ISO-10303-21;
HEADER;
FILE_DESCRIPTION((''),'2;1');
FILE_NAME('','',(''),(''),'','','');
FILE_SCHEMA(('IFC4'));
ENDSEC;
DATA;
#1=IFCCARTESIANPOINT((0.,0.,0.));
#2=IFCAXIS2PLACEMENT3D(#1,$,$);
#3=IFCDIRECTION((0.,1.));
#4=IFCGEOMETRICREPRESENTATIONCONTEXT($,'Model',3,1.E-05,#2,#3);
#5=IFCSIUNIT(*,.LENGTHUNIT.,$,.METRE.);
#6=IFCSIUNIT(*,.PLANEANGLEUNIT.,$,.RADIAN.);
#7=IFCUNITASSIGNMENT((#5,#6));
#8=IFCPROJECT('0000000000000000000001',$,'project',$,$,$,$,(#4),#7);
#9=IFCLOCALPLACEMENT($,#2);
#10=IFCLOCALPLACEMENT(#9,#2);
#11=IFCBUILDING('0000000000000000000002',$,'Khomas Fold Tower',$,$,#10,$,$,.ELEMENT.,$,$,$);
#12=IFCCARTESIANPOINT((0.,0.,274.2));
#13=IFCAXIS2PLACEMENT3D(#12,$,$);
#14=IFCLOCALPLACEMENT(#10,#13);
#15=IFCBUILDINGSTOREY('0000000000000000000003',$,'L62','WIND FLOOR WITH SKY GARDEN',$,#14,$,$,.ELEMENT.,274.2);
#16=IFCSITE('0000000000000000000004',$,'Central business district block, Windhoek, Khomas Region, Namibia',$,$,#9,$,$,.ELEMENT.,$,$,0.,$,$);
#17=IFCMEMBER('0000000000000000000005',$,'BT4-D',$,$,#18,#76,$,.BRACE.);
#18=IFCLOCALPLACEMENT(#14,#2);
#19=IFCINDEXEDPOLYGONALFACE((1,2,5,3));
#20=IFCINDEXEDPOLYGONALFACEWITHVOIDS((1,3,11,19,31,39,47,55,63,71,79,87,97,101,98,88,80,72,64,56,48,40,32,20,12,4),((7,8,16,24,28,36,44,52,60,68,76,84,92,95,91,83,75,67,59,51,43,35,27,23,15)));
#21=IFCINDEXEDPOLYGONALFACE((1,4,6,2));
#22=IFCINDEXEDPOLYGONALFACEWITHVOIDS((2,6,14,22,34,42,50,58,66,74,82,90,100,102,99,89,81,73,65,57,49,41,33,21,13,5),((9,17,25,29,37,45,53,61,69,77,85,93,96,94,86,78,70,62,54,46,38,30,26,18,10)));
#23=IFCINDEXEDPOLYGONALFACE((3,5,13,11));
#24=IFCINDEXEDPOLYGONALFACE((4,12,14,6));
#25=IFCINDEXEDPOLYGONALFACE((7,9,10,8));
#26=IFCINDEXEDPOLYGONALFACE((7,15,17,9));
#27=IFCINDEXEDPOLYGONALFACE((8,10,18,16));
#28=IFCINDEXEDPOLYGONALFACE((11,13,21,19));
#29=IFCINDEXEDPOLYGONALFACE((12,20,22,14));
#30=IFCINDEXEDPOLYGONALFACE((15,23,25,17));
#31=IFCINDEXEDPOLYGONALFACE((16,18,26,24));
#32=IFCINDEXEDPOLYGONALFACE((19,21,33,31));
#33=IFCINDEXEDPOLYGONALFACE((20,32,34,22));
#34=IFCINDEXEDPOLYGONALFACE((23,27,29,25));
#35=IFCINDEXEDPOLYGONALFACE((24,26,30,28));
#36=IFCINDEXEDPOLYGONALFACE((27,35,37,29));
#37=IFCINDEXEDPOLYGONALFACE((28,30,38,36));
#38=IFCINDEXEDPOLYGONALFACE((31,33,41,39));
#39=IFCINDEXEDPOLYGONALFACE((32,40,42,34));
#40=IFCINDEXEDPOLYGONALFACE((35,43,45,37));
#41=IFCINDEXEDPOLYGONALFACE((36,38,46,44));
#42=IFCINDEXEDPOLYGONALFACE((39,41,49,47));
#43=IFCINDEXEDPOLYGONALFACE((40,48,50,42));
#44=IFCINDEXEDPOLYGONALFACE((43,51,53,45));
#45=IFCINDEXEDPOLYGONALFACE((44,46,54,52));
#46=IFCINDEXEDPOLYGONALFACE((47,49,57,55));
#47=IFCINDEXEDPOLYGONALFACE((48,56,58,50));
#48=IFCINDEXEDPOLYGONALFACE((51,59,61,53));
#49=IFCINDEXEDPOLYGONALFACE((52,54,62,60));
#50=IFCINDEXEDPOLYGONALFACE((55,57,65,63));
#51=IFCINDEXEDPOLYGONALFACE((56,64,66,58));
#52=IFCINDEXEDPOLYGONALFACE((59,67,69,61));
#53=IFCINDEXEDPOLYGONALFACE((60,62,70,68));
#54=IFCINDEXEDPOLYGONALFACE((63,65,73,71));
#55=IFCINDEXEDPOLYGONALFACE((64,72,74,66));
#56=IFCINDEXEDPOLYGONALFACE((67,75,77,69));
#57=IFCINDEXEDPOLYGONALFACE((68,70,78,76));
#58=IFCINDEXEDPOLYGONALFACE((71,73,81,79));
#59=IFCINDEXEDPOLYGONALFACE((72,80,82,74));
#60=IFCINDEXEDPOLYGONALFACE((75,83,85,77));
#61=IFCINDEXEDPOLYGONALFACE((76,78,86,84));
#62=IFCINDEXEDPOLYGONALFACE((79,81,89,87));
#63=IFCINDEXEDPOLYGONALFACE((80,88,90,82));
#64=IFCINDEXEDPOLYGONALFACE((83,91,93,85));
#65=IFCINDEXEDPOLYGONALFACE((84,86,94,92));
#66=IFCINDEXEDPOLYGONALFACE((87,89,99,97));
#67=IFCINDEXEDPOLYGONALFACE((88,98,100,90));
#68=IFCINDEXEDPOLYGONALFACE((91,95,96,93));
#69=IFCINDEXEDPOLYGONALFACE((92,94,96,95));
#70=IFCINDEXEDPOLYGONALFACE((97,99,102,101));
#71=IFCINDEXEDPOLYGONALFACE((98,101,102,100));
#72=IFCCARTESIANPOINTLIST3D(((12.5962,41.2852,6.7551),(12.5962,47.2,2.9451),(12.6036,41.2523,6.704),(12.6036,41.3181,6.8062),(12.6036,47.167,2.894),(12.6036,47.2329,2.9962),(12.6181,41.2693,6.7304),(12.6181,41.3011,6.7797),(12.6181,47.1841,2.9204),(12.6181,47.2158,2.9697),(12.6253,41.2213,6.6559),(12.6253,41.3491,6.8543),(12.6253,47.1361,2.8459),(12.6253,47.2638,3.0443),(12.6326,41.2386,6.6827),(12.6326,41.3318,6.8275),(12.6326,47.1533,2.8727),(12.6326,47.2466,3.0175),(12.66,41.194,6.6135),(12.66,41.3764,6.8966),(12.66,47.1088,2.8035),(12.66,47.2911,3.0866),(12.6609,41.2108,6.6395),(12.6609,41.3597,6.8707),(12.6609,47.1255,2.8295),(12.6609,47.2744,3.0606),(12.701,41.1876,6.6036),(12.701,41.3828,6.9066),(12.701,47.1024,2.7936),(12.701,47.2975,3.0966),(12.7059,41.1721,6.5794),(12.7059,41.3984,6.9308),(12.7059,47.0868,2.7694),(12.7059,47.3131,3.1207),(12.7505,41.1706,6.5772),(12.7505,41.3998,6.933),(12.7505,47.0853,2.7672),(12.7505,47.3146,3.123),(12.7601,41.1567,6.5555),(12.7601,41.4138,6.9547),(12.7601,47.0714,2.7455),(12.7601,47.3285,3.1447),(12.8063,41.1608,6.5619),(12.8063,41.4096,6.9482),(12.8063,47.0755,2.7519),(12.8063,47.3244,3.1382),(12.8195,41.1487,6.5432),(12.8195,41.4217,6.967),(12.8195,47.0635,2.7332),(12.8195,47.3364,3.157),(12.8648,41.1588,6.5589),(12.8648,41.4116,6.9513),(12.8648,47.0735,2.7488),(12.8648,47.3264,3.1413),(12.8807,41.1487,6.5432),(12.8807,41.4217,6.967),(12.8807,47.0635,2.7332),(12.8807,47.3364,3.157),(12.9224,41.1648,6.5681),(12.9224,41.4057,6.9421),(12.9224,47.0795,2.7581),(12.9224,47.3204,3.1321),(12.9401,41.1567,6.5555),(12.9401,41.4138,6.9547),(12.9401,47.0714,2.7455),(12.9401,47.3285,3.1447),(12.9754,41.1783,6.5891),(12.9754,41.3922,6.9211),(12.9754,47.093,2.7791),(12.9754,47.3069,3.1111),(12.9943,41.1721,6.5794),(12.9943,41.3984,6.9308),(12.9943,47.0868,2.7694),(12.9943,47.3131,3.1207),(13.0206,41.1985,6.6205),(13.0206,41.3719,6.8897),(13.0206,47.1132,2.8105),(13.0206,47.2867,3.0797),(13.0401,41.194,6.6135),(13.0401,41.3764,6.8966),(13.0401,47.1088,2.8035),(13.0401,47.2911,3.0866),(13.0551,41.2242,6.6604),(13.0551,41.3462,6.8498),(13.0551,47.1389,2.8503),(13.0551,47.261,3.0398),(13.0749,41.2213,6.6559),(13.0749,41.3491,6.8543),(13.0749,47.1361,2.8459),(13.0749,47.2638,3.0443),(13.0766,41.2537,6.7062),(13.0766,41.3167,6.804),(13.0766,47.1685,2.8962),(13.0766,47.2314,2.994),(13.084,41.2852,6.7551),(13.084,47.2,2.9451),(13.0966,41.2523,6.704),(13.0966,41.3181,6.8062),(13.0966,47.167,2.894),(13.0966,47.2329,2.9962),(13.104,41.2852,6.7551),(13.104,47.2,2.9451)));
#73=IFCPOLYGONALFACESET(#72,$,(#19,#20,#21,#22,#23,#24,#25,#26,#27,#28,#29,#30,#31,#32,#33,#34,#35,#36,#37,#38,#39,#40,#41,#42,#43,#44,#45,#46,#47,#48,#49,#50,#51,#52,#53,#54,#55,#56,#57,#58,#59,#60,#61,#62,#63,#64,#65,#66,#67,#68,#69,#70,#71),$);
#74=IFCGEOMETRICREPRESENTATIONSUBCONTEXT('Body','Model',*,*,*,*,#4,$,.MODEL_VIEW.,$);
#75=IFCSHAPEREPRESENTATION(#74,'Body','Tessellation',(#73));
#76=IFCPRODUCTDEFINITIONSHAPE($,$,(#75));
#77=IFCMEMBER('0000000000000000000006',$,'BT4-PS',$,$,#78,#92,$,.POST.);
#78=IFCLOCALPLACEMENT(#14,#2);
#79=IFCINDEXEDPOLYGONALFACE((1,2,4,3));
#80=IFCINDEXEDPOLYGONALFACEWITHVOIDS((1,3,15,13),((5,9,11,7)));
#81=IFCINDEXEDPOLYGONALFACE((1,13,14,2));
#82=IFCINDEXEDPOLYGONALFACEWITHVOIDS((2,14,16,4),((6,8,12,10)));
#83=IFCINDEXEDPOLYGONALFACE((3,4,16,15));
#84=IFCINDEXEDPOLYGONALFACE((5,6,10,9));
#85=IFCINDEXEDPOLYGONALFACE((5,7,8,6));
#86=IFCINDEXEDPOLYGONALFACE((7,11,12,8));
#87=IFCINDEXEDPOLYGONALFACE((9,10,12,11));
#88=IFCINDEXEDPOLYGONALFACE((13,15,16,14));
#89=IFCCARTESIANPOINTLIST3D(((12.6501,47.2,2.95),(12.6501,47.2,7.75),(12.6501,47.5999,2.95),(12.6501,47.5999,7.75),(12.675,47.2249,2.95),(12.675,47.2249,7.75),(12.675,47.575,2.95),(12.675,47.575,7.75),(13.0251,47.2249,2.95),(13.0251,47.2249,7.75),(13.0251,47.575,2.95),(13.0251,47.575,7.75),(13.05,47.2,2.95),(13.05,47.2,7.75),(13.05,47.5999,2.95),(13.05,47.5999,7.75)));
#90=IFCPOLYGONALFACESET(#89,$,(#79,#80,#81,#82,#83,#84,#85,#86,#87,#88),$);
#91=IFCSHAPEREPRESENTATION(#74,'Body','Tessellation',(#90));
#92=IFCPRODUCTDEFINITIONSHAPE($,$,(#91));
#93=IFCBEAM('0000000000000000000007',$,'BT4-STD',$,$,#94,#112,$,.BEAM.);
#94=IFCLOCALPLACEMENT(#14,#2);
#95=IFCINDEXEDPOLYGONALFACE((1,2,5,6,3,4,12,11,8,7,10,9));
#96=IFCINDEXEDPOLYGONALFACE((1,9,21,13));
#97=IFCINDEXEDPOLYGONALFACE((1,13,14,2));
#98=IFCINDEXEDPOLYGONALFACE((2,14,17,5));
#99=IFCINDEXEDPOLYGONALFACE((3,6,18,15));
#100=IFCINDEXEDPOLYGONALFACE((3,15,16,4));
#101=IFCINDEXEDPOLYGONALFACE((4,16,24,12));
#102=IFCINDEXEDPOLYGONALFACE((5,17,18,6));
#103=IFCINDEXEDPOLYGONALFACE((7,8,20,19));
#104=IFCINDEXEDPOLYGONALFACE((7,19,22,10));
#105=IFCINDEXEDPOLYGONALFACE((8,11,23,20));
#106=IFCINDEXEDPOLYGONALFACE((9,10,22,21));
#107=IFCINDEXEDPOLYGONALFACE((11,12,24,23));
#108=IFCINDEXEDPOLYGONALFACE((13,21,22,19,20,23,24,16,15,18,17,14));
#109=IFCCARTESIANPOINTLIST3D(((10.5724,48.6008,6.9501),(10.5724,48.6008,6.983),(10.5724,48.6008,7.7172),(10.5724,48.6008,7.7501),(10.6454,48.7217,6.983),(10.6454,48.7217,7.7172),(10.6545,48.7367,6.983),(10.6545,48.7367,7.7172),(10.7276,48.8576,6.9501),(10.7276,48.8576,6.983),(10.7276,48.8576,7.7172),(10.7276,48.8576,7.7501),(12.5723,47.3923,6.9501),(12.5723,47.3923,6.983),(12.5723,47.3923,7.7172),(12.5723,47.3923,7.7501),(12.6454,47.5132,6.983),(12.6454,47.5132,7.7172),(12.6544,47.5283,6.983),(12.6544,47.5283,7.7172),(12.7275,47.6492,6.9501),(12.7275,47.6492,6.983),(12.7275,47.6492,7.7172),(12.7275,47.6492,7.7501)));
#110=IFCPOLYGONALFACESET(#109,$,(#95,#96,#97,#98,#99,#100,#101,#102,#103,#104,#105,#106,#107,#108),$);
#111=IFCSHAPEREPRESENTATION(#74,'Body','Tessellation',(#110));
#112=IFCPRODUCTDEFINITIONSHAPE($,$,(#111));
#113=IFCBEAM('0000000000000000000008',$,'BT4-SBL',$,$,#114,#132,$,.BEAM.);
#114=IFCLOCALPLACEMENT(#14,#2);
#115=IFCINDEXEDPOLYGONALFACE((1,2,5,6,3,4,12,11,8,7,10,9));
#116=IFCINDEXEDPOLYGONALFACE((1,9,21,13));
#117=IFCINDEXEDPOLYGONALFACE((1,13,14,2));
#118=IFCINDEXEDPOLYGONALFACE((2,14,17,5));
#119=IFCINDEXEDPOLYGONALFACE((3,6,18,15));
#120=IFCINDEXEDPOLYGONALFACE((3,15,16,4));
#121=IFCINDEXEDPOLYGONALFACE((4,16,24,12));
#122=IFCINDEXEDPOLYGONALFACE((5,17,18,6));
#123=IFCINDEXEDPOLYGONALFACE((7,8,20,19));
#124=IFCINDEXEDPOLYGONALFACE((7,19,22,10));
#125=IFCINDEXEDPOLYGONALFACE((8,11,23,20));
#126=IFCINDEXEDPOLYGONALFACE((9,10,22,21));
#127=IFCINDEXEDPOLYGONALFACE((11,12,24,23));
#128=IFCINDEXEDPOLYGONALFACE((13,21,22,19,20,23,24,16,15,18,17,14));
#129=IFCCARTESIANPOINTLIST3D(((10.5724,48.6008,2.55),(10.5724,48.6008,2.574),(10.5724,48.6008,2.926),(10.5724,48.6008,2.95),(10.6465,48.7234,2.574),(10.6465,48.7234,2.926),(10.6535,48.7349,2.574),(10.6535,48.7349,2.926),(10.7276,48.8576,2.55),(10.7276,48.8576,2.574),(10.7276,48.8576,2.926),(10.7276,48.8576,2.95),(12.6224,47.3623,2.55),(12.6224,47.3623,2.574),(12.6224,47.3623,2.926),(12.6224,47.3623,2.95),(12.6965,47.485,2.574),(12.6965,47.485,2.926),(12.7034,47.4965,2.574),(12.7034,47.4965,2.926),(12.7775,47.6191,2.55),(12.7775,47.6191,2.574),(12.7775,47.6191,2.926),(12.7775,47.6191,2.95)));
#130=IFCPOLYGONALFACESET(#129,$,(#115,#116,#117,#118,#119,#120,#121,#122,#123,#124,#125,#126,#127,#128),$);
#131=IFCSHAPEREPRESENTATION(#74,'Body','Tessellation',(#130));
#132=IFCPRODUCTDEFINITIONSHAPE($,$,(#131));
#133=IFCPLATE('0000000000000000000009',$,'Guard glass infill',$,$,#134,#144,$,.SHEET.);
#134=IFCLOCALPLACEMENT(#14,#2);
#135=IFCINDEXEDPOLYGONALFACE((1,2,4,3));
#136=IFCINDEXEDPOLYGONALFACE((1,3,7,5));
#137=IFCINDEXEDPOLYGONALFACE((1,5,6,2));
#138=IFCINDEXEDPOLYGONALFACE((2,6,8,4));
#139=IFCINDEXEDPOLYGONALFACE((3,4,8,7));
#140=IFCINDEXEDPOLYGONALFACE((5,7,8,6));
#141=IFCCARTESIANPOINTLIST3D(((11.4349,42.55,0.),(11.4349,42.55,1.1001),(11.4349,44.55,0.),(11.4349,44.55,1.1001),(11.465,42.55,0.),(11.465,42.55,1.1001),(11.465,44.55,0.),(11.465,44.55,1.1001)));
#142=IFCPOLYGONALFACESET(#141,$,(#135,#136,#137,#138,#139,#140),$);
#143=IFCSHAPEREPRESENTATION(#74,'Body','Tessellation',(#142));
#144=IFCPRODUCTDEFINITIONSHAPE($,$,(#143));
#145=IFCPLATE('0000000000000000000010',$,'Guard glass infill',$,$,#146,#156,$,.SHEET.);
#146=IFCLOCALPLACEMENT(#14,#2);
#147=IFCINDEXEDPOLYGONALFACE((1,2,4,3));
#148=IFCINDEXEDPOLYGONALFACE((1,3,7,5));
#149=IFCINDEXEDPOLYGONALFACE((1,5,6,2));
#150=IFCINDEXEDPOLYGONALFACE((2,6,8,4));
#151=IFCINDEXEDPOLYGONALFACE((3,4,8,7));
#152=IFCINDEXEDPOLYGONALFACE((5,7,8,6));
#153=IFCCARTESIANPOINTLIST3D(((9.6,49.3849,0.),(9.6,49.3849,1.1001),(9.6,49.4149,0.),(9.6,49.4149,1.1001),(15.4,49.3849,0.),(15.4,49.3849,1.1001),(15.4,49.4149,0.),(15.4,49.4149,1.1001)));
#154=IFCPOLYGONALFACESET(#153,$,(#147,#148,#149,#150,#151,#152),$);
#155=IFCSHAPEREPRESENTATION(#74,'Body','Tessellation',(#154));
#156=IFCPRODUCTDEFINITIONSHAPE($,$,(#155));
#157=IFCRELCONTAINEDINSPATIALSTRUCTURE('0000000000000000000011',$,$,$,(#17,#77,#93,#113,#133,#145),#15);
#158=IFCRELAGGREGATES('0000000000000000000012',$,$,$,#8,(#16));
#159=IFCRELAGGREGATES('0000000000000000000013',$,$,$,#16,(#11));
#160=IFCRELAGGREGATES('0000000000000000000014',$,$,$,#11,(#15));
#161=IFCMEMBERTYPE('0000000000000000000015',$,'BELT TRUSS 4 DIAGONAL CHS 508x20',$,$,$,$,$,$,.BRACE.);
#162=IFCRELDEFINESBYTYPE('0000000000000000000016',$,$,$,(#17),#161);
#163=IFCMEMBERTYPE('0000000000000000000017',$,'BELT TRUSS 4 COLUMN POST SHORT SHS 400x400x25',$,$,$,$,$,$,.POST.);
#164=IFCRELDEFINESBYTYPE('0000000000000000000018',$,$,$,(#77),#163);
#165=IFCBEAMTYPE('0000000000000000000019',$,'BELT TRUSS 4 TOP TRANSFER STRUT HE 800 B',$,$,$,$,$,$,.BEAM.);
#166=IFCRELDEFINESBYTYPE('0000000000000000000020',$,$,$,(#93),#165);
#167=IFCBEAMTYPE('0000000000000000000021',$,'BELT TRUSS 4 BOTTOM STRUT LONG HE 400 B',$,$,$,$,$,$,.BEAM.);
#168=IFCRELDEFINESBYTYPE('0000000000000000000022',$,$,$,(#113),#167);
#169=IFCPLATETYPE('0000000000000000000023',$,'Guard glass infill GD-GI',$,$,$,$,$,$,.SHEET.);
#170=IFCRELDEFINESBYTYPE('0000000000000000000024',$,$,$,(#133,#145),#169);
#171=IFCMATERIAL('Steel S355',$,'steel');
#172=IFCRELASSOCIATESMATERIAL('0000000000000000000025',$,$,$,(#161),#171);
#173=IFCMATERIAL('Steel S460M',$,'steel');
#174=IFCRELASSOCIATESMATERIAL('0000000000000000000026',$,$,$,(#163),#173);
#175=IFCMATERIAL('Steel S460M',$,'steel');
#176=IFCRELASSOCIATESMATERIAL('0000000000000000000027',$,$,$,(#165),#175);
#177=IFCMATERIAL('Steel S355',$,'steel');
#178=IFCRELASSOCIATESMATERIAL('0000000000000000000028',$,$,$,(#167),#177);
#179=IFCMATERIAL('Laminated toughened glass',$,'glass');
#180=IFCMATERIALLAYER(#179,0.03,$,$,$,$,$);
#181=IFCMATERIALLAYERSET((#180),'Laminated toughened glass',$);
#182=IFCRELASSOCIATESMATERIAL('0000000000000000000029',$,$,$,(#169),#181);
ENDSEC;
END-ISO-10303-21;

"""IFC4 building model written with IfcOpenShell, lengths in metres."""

from ifc_helpers import new_model, si_unit, direction, frame, origin, origin_2d, place, context, subcontext, project, spatial, rectangle, hollow_rectangle, hollow_circle, i_section, extrude, source, transform, mapped, material, layer, layer_set, material_profile, profile_set, type_object, element, save


model = new_model("IFC4")

# Units and contexts
model_context = context("Model", 3, precision=1e-05, world=origin(), true_north=direction((0.0, 1.0)))
body_context = subcontext(model_context, "Body", "Model", "MODEL_VIEW")
ifc_project = project(units=[si_unit("LENGTHUNIT", "METRE"), si_unit("PLANEANGLEUNIT", "RADIAN")], contexts=[model_context])

# Site, building, storey
site_placement = place(None, origin())
site = spatial("IfcSite", under=ifc_project, at=site_placement, Name="Central business district block, Windhoek, Khomas Region, Namibia", CompositionType="ELEMENT", RefElevation=0.0)
building_placement = place(site_placement, origin())
building = spatial("IfcBuilding", under=site, at=building_placement, Name="Khomas Fold Tower", CompositionType="ELEMENT")
storey_placement = place(building_placement, frame((0.0, 0.0, 274.2)))
storey = spatial("IfcBuildingStorey", under=building, at=storey_placement, Name="L62", Description="WIND FLOOR WITH SKY GARDEN", CompositionType="ELEMENT", Elevation=274.2)

# Members
ifc_material_1 = material(Name="Steel S355", Category="steel")
ifc_material_profile_1 = material_profile(ifc_material_1, hollow_circle(Radius=0.2539, WallThickness=0.02, at=origin_2d()), Name="CHS 508x20")
ifc_profile_set_1 = profile_set([ifc_material_profile_1], Name="Steel S355")
member_type_1 = type_object("IfcMemberType", Name="BELT TRUSS 4 DIAGONAL CHS 508x20", PredefinedType="BRACE", material=ifc_profile_set_1)
shared_shape_1 = source(origin(), body_context, "Body", "SweptSolid", [
    extrude(hollow_circle(Radius=0.2539, WallThickness=0.02, at=origin_2d()), origin(), (0.0, 0.0, 1.0), 7.0356),
])
member_1_placement = place(storey_placement, frame((12.8501, 47.2, 2.9451), z_axis=(0.0, -0.840681, 0.541531), x_axis=(1.0, 0.0, 0.0)))
element("IfcMember", 1, at=member_1_placement, inside=storey, type_object=member_type_1, Name="BT4-D", PredefinedType="BRACE", context=body_context, shape_type="MappedRepresentation", body=[
    mapped(shared_shape_1, transform((0.0, 0.0, 0.0))),
])
ifc_material_2 = material(Name="Steel S460M", Category="steel")
ifc_material_profile_2 = material_profile(ifc_material_2, hollow_rectangle(XDim=0.3999, YDim=0.3999, WallThickness=0.0249, at=origin_2d()), Name="SHS 400x400x25")
ifc_profile_set_2 = profile_set([ifc_material_profile_2], Name="Steel S460M")
member_type_2 = type_object("IfcMemberType", Name="BELT TRUSS 4 COLUMN POST SHORT SHS 400x400x25", PredefinedType="POST", material=ifc_profile_set_2)
shared_shape_2 = source(origin(), body_context, "Body", "SweptSolid", [
    extrude(hollow_rectangle(XDim=0.3999, YDim=0.3999, WallThickness=0.0249, at=origin_2d()), origin(), (0.0, 0.0, 1.0), 4.8),
])
member_2_placement = place(storey_placement, frame((12.8501, 47.3999, 2.95), z_axis=(0.0, 0.0, 1.0), x_axis=(1.0, 0.0, 0.0)))
element("IfcMember", 2, at=member_2_placement, inside=storey, type_object=member_type_2, Name="BT4-PS", PredefinedType="POST", context=body_context, shape_type="MappedRepresentation", body=[
    mapped(shared_shape_2, transform((0.0, 0.0, 0.0))),
])

# Beams
ifc_material_3 = material(Name="Steel S460M", Category="steel")
ifc_material_profile_3 = material_profile(ifc_material_3, i_section(OverallWidth=0.3, OverallDepth=0.8, WebThickness=0.0176, FlangeThickness=0.033, at=origin_2d()), Name="HE 800 B")
ifc_profile_set_3 = profile_set([ifc_material_profile_3], Name="Steel S460M")
beam_type_1 = type_object("IfcBeamType", Name="BELT TRUSS 4 TOP TRANSFER STRUT HE 800 B", PredefinedType="BEAM", material=ifc_profile_set_3)
shared_shape_3 = source(origin(), body_context, "Body", "SweptSolid", [
    extrude(i_section(OverallWidth=0.3, OverallDepth=0.8, WebThickness=0.0176, FlangeThickness=0.033, at=origin_2d()), origin(), (0.0, 0.0, 1.0), 2.3367),
])
beam_1_placement = place(storey_placement, frame((12.6499, 47.5208, 7.3501), z_axis=(-0.855885, 0.517167, 0.0), x_axis=(-0.517167, -0.855885, 0.0)))
element("IfcBeam", 3, at=beam_1_placement, inside=storey, type_object=beam_type_1, Name="BT4-STD", PredefinedType="BEAM", context=body_context, shape_type="MappedRepresentation", body=[
    mapped(shared_shape_3, transform((0.0, 0.0, 0.0))),
])
ifc_material_4 = material(Name="Steel S355", Category="steel")
ifc_material_profile_4 = material_profile(ifc_material_4, i_section(OverallWidth=0.3, OverallDepth=0.3999, WebThickness=0.0134, FlangeThickness=0.0239, at=origin_2d()), Name="HE 400 B")
ifc_profile_set_4 = profile_set([ifc_material_profile_4], Name="Steel S355")
beam_type_2 = type_object("IfcBeamType", Name="BELT TRUSS 4 BOTTOM STRUT LONG HE 400 B", PredefinedType="BEAM", material=ifc_profile_set_4)
shared_shape_4 = source(origin(), body_context, "Body", "SweptSolid", [
    extrude(i_section(OverallWidth=0.3, OverallDepth=0.3999, WebThickness=0.0134, FlangeThickness=0.0239, at=origin_2d()), origin(), (0.0, 0.0, 1.0), 2.395),
])
beam_2_placement = place(storey_placement, frame((12.7, 47.4907, 2.75), z_axis=(-0.855924, 0.517102, 0.0), x_axis=(-0.517102, -0.855924, 0.0)))
element("IfcBeam", 4, at=beam_2_placement, inside=storey, type_object=beam_type_2, Name="BT4-SBL", PredefinedType="BEAM", context=body_context, shape_type="MappedRepresentation", body=[
    mapped(shared_shape_4, transform((0.0, 0.0, 0.0))),
])

# Plates
ifc_material_5 = material(Name="Laminated toughened glass", Category="glass")
ifc_layer_1 = layer(ifc_material_5, 0.03)
ifc_layer_set_1 = layer_set([ifc_layer_1], Name="Laminated toughened glass")
plate_type = type_object("IfcPlateType", Name="Guard glass infill GD-GI", PredefinedType="SHEET", material=ifc_layer_set_1)
shared_shape_5 = source(origin(), body_context, "Body", "SweptSolid", [
    extrude(rectangle(XDim=2.0, YDim=0.03, at=origin_2d()), origin(), (0.0, 0.0, 1.0), 1.1001),
])
plate_1_placement = place(storey_placement, frame((11.45, 43.55, 0.0), z_axis=(0.0, 0.0, 1.0), x_axis=(0.0, 1.0, 0.0)))
element("IfcPlate", 5, at=plate_1_placement, inside=storey, type_object=plate_type, Name="Guard glass infill", PredefinedType="SHEET", context=body_context, shape_type="MappedRepresentation", body=[
    mapped(shared_shape_5, transform((0.0, 0.0, 0.0))),
])
shared_shape_6 = source(origin(), body_context, "Body", "SweptSolid", [
    extrude(rectangle(XDim=5.8, YDim=0.03, at=origin_2d()), origin(), (0.0, 0.0, 1.0), 1.1001),
])
plate_2_placement = place(storey_placement, frame((12.5, 49.3999, 0.0), z_axis=(0.0, 0.0, 1.0), x_axis=(1.0, 0.0, 0.0)))
element("IfcPlate", 6, at=plate_2_placement, inside=storey, type_object=plate_type, Name="Guard glass infill", PredefinedType="SHEET", context=body_context, shape_type="MappedRepresentation", body=[
    mapped(shared_shape_6, transform((0.0, 0.0, 0.0))),
])

save(model, "model.ifc")
